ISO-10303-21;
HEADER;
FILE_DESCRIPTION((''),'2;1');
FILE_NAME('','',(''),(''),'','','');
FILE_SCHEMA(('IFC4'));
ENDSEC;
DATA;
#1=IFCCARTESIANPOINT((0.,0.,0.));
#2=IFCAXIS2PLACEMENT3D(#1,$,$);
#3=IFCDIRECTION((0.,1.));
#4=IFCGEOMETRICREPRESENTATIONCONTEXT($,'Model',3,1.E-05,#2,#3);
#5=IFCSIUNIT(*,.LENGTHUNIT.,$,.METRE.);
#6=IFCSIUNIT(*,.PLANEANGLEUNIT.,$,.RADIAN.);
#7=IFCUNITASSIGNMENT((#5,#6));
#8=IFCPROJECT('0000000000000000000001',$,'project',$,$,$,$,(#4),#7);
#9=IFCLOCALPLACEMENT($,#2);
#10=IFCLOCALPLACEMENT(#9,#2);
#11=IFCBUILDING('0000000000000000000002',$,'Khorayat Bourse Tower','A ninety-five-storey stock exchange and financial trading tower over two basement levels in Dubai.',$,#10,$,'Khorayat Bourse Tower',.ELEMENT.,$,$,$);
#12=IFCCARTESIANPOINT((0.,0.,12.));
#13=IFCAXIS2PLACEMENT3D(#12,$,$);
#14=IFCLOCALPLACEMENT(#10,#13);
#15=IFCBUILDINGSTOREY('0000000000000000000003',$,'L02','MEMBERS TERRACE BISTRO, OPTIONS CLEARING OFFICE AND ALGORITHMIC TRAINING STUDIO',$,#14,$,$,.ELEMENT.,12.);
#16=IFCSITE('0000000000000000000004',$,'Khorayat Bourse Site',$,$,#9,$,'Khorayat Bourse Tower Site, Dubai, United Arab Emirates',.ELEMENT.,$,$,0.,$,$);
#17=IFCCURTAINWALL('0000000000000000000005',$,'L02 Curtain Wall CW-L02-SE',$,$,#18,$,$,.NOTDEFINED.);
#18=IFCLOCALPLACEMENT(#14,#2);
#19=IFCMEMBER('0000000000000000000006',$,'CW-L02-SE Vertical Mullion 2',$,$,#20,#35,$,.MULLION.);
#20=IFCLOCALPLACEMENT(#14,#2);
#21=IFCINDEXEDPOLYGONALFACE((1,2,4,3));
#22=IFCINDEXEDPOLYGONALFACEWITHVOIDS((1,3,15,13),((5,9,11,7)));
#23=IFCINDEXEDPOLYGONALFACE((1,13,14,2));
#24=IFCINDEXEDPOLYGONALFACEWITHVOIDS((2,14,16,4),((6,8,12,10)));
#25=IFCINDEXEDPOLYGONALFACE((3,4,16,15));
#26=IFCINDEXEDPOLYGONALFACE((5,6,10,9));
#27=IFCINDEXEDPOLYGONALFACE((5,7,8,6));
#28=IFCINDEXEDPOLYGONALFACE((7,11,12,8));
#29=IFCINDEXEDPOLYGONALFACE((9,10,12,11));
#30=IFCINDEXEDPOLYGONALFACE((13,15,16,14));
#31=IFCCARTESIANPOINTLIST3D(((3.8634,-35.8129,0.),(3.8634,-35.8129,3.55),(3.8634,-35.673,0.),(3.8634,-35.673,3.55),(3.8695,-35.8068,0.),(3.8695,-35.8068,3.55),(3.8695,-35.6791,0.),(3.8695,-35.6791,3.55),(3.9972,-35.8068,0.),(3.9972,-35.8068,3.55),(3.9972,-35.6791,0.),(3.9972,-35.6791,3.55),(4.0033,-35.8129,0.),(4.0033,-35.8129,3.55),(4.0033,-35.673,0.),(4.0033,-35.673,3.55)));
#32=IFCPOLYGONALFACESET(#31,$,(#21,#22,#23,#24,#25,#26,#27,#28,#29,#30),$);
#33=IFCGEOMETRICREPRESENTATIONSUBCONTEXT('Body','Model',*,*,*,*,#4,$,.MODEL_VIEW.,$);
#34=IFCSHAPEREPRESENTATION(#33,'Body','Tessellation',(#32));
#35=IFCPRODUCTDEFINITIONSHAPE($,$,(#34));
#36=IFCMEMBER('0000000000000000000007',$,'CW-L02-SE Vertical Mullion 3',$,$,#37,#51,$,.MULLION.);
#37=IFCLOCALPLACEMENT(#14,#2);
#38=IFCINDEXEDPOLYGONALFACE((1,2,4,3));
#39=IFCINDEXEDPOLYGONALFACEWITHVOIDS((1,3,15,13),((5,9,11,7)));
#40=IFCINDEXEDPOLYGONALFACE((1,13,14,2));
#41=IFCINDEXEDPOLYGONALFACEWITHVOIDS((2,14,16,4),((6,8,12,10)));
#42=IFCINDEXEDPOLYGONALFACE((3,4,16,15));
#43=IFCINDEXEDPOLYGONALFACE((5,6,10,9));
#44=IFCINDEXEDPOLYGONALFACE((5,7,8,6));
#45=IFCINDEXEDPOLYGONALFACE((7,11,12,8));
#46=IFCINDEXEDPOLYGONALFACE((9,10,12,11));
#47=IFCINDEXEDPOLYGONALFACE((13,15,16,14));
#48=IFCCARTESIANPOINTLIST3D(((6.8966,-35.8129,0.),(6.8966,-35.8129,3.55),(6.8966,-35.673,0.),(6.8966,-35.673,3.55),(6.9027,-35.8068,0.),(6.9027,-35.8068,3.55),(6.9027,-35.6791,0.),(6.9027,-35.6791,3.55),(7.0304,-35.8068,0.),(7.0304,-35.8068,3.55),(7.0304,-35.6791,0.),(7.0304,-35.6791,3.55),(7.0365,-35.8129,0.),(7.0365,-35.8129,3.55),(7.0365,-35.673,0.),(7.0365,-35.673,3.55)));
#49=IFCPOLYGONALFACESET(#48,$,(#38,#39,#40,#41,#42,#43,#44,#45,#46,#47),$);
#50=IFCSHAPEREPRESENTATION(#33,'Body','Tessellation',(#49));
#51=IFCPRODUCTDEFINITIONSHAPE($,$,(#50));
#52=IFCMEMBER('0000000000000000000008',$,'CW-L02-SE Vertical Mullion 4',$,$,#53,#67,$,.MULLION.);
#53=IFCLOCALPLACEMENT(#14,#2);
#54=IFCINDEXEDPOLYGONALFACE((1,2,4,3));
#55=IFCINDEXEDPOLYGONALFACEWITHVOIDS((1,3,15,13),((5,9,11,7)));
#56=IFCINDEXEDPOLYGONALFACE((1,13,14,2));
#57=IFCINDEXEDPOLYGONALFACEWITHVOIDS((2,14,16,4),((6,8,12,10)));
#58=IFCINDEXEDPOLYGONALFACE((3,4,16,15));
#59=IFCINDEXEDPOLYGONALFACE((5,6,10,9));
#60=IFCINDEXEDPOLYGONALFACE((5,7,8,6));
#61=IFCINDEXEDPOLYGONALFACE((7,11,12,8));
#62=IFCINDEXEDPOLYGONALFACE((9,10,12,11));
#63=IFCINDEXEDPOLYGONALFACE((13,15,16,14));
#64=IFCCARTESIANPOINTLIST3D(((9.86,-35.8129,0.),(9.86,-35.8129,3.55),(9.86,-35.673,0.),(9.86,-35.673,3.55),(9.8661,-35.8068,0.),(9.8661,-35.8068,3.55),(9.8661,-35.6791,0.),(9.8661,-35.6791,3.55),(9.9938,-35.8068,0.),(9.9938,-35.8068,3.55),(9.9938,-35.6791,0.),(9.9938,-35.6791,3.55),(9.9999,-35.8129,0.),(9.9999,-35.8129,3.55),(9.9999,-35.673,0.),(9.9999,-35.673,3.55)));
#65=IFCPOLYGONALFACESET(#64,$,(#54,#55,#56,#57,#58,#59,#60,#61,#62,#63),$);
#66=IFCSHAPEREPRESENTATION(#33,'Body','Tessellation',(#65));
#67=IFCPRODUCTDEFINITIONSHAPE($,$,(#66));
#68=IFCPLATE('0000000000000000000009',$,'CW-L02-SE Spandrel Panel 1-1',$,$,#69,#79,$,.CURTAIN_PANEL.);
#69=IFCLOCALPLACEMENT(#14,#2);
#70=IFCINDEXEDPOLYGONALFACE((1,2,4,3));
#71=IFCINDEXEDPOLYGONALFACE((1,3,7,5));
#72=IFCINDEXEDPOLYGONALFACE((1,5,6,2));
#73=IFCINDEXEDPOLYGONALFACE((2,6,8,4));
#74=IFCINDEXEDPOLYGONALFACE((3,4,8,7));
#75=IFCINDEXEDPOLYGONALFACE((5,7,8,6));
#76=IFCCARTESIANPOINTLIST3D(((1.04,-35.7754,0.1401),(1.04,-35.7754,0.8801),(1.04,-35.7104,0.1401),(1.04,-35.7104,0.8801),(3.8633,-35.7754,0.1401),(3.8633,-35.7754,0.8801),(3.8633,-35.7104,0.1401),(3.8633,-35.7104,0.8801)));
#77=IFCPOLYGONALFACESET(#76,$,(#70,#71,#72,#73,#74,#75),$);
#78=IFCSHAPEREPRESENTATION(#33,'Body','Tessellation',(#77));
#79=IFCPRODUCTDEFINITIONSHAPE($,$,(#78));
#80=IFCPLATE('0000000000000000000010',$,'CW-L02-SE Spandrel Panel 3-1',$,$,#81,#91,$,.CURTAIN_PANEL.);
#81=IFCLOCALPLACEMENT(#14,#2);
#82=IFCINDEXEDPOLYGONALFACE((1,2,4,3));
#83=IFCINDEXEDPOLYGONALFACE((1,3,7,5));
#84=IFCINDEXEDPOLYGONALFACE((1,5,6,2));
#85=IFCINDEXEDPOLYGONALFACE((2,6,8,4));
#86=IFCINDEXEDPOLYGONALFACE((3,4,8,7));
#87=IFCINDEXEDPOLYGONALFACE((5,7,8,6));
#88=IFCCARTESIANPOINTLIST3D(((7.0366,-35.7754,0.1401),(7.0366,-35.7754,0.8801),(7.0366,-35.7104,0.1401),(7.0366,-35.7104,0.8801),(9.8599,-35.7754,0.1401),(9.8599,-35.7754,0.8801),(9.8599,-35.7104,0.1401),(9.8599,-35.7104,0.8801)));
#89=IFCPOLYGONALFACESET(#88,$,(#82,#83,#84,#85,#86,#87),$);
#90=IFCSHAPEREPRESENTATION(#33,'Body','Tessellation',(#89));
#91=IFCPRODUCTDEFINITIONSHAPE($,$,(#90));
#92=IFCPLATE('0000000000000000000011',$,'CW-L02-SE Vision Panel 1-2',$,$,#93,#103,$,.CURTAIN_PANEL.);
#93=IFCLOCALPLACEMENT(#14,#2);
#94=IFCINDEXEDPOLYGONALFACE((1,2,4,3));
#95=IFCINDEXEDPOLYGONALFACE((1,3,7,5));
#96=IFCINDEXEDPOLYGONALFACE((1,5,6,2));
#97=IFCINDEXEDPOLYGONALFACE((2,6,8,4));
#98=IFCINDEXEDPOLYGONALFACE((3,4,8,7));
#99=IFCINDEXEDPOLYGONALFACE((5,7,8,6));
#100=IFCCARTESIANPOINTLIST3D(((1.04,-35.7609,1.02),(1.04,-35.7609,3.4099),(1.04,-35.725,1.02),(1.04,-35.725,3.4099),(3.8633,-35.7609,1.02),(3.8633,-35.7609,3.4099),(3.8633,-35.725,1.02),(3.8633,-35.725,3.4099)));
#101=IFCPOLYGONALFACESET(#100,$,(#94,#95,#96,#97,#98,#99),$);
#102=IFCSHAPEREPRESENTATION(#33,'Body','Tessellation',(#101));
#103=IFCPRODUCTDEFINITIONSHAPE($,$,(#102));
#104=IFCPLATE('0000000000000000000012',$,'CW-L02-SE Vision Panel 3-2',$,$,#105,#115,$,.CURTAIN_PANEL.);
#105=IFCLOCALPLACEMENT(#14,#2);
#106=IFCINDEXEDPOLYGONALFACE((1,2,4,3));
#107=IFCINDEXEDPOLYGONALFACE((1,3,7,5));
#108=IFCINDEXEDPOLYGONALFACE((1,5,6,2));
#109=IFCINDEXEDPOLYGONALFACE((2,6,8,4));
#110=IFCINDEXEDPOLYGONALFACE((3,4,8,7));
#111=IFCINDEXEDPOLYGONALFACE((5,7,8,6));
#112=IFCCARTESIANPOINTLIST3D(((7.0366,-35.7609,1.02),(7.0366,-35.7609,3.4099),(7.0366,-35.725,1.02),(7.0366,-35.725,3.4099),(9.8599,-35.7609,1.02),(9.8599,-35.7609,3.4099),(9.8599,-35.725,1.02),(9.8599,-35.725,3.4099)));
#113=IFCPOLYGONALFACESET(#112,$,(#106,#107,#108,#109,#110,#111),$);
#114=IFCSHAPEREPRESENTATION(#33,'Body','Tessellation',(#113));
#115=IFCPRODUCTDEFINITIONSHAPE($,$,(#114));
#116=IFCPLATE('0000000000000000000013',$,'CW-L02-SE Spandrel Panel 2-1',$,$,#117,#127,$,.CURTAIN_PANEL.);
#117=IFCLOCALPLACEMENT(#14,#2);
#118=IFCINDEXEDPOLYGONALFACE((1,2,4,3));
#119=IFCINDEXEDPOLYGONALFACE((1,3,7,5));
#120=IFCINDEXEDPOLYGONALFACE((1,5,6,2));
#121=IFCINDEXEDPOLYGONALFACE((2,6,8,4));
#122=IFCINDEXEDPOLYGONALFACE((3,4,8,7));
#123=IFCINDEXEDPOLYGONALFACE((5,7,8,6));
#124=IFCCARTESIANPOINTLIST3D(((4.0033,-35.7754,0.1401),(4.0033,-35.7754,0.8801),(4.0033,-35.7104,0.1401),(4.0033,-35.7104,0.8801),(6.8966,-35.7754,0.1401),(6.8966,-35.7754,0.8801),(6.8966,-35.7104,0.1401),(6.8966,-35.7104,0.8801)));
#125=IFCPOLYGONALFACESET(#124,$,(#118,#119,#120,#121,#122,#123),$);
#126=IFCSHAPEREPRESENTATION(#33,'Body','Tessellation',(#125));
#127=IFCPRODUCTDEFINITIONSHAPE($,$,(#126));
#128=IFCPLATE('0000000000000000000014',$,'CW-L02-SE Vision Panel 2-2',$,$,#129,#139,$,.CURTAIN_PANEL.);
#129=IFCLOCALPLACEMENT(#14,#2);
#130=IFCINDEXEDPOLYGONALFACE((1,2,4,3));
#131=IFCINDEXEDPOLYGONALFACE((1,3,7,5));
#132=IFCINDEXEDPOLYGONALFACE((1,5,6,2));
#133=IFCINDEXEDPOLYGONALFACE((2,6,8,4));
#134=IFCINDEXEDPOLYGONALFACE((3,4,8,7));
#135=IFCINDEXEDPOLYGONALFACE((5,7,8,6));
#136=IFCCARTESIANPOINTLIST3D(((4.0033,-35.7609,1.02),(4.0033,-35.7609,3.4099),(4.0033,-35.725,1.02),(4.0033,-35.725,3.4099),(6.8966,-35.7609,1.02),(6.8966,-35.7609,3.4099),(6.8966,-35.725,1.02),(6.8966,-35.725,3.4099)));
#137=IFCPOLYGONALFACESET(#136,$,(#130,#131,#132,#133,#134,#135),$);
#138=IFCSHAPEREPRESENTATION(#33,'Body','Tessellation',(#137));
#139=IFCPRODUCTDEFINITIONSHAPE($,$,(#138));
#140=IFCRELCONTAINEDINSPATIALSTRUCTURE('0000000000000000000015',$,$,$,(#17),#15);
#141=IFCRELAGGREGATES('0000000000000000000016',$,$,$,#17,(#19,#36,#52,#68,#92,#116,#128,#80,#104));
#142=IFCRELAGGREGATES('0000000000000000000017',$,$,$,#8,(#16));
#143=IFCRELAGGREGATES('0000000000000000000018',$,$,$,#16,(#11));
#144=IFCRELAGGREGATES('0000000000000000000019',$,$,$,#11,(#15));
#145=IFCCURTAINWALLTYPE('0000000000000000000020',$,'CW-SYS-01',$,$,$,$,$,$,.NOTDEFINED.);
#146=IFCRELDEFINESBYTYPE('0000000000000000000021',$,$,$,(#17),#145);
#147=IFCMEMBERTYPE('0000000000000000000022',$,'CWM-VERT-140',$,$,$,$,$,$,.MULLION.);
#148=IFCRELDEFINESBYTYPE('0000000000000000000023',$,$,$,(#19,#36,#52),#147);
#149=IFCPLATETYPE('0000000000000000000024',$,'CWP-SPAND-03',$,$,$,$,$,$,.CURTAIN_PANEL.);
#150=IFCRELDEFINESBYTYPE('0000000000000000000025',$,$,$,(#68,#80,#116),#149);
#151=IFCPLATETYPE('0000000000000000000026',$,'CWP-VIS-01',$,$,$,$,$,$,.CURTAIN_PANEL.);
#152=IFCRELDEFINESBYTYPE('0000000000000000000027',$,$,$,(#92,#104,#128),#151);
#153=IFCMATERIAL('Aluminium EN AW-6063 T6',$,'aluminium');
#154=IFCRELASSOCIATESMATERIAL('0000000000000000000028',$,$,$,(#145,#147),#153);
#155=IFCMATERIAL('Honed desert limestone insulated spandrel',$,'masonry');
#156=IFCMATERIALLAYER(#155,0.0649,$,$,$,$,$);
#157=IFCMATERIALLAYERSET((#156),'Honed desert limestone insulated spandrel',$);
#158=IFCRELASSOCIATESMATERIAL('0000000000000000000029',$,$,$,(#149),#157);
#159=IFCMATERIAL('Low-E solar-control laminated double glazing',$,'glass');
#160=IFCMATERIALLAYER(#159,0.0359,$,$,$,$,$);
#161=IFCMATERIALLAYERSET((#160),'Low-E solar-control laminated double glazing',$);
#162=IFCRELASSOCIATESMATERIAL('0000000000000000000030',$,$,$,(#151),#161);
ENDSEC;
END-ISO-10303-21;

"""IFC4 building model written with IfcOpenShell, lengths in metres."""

from ifc_helpers import new_model, si_unit, direction, frame, origin, origin_2d, place, context, subcontext, project, spatial, rectangle, hollow_rectangle, extrude, source, transform, mapped, material, layer, layer_set, material_profile, profile_set, type_object, element, aggregate, save


model = new_model("IFC4")

# Units and contexts
model_context = context("Model", 3, precision=1e-05, world=origin(), true_north=direction((0.0, 1.0)))
body_context = subcontext(model_context, "Body", "Model", "MODEL_VIEW")
ifc_project = project(units=[si_unit("LENGTHUNIT", "METRE"), si_unit("PLANEANGLEUNIT", "RADIAN")], contexts=[model_context])

# Site, building, storey
site_placement = place(None, origin())
site = spatial("IfcSite", under=ifc_project, at=site_placement, Name="Khorayat Bourse Site", LongName="Khorayat Bourse Tower Site, Dubai, United Arab Emirates", CompositionType="ELEMENT", RefElevation=0.0)
building_placement = place(site_placement, origin())
building = spatial("IfcBuilding", under=site, at=building_placement, Name="Khorayat Bourse Tower", Description="A ninety-five-storey stock exchange and financial trading tower over two basement levels in Dubai.", LongName="Khorayat Bourse Tower", CompositionType="ELEMENT")
storey_placement = place(building_placement, frame((0.0, 0.0, 12.0)))
storey = spatial("IfcBuildingStorey", under=building, at=storey_placement, Name="L02", Description="MEMBERS TERRACE BISTRO, OPTIONS CLEARING OFFICE AND ALGORITHMIC TRAINING STUDIO", CompositionType="ELEMENT", Elevation=12.0)

# Curtain wall
ifc_material_1 = material(Name="Aluminium EN AW-6063 T6", Category="aluminium")
curtain_wall_type = type_object("IfcCurtainWallType", Name="CW-SYS-01", PredefinedType="NOTDEFINED", material=ifc_material_1)
curtain_wall_1_placement = place(storey_placement, origin())
curtain_wall_1 = element("IfcCurtainWall", 1, at=curtain_wall_1_placement, inside=storey, type_object=curtain_wall_type, Name="L02 Curtain Wall CW-L02-SE", PredefinedType="NOTDEFINED")

# Shared definitions
ifc_material_profile_1 = material_profile(ifc_material_1, hollow_rectangle(XDim=0.1399, YDim=0.1399, WallThickness=0.0061, at=origin_2d()), Name="ALU 140x140x6")
ifc_profile_set_1 = profile_set([ifc_material_profile_1], Name="Aluminium EN AW-6063 T6")
member_type_1 = type_object("IfcMemberType", Name="CWM-VERT-140", PredefinedType="MULLION", material=ifc_profile_set_1)
shared_shape_1 = source(origin(), body_context, "Body", "SweptSolid", [
    extrude(hollow_rectangle(XDim=0.1399, YDim=0.1399, WallThickness=0.0061, at=origin_2d()), origin(), (0.0, 0.0, 1.0), 3.55),
])

# Members
member_1_placement = place(storey_placement, frame((3.9333, -35.7429, 0.0), z_axis=(0.0, 0.0, 1.0), x_axis=(0.0, 1.0, 0.0)))
member_1 = element("IfcMember", 2, at=member_1_placement, type_object=member_type_1, Name="CW-L02-SE Vertical Mullion 2", PredefinedType="MULLION", context=body_context, shape_type="MappedRepresentation", body=[
    mapped(shared_shape_1, transform((0.0, 0.0, 0.0), scale=1.0)),
])
member_2_placement = place(storey_placement, frame((6.9666, -35.7429, 0.0), z_axis=(0.0, 0.0, 1.0), x_axis=(0.0, 1.0, 0.0)))
member_2 = element("IfcMember", 3, at=member_2_placement, type_object=member_type_1, Name="CW-L02-SE Vertical Mullion 3", PredefinedType="MULLION", context=body_context, shape_type="MappedRepresentation", body=[
    mapped(shared_shape_1, transform((0.0, 0.0, 0.0), scale=1.0)),
])
member_3_placement = place(storey_placement, frame((9.9299, -35.7429, 0.0), z_axis=(0.0, 0.0, 1.0), x_axis=(0.0, 1.0, 0.0)))
member_3 = element("IfcMember", 4, at=member_3_placement, type_object=member_type_1, Name="CW-L02-SE Vertical Mullion 4", PredefinedType="MULLION", context=body_context, shape_type="MappedRepresentation", body=[
    mapped(shared_shape_1, transform((0.0, 0.0, 0.0), scale=1.0)),
])

# Plates
ifc_material_2 = material(Name="Honed desert limestone insulated spandrel", Category="masonry")
ifc_layer_1 = layer(ifc_material_2, 0.0649)
ifc_layer_set_1 = layer_set([ifc_layer_1], Name="Honed desert limestone insulated spandrel")
plate_type_1 = type_object("IfcPlateType", Name="CWP-SPAND-03", PredefinedType="CURTAIN_PANEL", material=ifc_layer_set_1)
shared_shape_2 = source(origin(), body_context, "Body", "SweptSolid", [
    extrude(rectangle(XDim=2.8232, YDim=0.0649, at=origin_2d()), origin(), (0.0, 0.0, 1.0), 0.74),
])
plate_1_placement = place(storey_placement, frame((2.4517, -35.7429, 0.1401), z_axis=(0.0, 0.0, 1.0), x_axis=(1.0, 0.0, 0.0)))
plate_1 = element("IfcPlate", 5, at=plate_1_placement, type_object=plate_type_1, Name="CW-L02-SE Spandrel Panel 1-1", PredefinedType="CURTAIN_PANEL", context=body_context, shape_type="MappedRepresentation", body=[
    mapped(shared_shape_2, transform((0.0, 0.0, 0.0), scale=1.0)),
])
plate_2_placement = place(storey_placement, frame((8.4482, -35.7429, 0.1401), z_axis=(0.0, 0.0, 1.0), x_axis=(1.0, 0.0, 0.0)))
plate_2 = element("IfcPlate", 6, at=plate_2_placement, type_object=plate_type_1, Name="CW-L02-SE Spandrel Panel 3-1", PredefinedType="CURTAIN_PANEL", context=body_context, shape_type="MappedRepresentation", body=[
    mapped(shared_shape_2, transform((0.0, 0.0, 0.0), scale=1.0)),
])
ifc_material_3 = material(Name="Low-E solar-control laminated double glazing", Category="glass")
ifc_layer_2 = layer(ifc_material_3, 0.0359)
ifc_layer_set_2 = layer_set([ifc_layer_2], Name="Low-E solar-control laminated double glazing")
plate_type_2 = type_object("IfcPlateType", Name="CWP-VIS-01", PredefinedType="CURTAIN_PANEL", material=ifc_layer_set_2)
shared_shape_3 = source(origin(), body_context, "Body", "SweptSolid", [
    extrude(rectangle(XDim=2.8232, YDim=0.0359, at=origin_2d()), origin(), (0.0, 0.0, 1.0), 2.3899),
])
plate_3_placement = place(storey_placement, frame((2.4517, -35.7429, 1.02), z_axis=(0.0, 0.0, 1.0), x_axis=(1.0, 0.0, 0.0)))
plate_3 = element("IfcPlate", 7, at=plate_3_placement, type_object=plate_type_2, Name="CW-L02-SE Vision Panel 1-2", PredefinedType="CURTAIN_PANEL", context=body_context, shape_type="MappedRepresentation", body=[
    mapped(shared_shape_3, transform((0.0, 0.0, 0.0), scale=1.0)),
])
plate_4_placement = place(storey_placement, frame((8.4482, -35.7429, 1.02), z_axis=(0.0, 0.0, 1.0), x_axis=(1.0, 0.0, 0.0)))
plate_4 = element("IfcPlate", 8, at=plate_4_placement, type_object=plate_type_2, Name="CW-L02-SE Vision Panel 3-2", PredefinedType="CURTAIN_PANEL", context=body_context, shape_type="MappedRepresentation", body=[
    mapped(shared_shape_3, transform((0.0, 0.0, 0.0), scale=1.0)),
])
shared_shape_4 = source(origin(), body_context, "Body", "SweptSolid", [
    extrude(rectangle(XDim=2.8933, YDim=0.0649, at=origin_2d()), origin(), (0.0, 0.0, 1.0), 0.74),
])
plate_5_placement = place(storey_placement, frame((5.45, -35.7429, 0.1401), z_axis=(0.0, 0.0, 1.0), x_axis=(1.0, 0.0, 0.0)))
plate_5 = element("IfcPlate", 9, at=plate_5_placement, type_object=plate_type_1, Name="CW-L02-SE Spandrel Panel 2-1", PredefinedType="CURTAIN_PANEL", context=body_context, shape_type="MappedRepresentation", body=[
    mapped(shared_shape_4, transform((0.0, 0.0, 0.0), scale=1.0)),
])
shared_shape_5 = source(origin(), body_context, "Body", "SweptSolid", [
    extrude(rectangle(XDim=2.8933, YDim=0.0359, at=origin_2d()), origin(), (0.0, 0.0, 1.0), 2.3899),
])
plate_6_placement = place(storey_placement, frame((5.45, -35.7429, 1.02), z_axis=(0.0, 0.0, 1.0), x_axis=(1.0, 0.0, 0.0)))
plate_6 = element("IfcPlate", 10, at=plate_6_placement, type_object=plate_type_2, Name="CW-L02-SE Vision Panel 2-2", PredefinedType="CURTAIN_PANEL", context=body_context, shape_type="MappedRepresentation", body=[
    mapped(shared_shape_5, transform((0.0, 0.0, 0.0), scale=1.0)),
])
aggregate(curtain_wall_1, [member_1, member_2, member_3, plate_1, plate_3, plate_5, plate_6, plate_2, plate_4])

save(model, "model.ifc")
